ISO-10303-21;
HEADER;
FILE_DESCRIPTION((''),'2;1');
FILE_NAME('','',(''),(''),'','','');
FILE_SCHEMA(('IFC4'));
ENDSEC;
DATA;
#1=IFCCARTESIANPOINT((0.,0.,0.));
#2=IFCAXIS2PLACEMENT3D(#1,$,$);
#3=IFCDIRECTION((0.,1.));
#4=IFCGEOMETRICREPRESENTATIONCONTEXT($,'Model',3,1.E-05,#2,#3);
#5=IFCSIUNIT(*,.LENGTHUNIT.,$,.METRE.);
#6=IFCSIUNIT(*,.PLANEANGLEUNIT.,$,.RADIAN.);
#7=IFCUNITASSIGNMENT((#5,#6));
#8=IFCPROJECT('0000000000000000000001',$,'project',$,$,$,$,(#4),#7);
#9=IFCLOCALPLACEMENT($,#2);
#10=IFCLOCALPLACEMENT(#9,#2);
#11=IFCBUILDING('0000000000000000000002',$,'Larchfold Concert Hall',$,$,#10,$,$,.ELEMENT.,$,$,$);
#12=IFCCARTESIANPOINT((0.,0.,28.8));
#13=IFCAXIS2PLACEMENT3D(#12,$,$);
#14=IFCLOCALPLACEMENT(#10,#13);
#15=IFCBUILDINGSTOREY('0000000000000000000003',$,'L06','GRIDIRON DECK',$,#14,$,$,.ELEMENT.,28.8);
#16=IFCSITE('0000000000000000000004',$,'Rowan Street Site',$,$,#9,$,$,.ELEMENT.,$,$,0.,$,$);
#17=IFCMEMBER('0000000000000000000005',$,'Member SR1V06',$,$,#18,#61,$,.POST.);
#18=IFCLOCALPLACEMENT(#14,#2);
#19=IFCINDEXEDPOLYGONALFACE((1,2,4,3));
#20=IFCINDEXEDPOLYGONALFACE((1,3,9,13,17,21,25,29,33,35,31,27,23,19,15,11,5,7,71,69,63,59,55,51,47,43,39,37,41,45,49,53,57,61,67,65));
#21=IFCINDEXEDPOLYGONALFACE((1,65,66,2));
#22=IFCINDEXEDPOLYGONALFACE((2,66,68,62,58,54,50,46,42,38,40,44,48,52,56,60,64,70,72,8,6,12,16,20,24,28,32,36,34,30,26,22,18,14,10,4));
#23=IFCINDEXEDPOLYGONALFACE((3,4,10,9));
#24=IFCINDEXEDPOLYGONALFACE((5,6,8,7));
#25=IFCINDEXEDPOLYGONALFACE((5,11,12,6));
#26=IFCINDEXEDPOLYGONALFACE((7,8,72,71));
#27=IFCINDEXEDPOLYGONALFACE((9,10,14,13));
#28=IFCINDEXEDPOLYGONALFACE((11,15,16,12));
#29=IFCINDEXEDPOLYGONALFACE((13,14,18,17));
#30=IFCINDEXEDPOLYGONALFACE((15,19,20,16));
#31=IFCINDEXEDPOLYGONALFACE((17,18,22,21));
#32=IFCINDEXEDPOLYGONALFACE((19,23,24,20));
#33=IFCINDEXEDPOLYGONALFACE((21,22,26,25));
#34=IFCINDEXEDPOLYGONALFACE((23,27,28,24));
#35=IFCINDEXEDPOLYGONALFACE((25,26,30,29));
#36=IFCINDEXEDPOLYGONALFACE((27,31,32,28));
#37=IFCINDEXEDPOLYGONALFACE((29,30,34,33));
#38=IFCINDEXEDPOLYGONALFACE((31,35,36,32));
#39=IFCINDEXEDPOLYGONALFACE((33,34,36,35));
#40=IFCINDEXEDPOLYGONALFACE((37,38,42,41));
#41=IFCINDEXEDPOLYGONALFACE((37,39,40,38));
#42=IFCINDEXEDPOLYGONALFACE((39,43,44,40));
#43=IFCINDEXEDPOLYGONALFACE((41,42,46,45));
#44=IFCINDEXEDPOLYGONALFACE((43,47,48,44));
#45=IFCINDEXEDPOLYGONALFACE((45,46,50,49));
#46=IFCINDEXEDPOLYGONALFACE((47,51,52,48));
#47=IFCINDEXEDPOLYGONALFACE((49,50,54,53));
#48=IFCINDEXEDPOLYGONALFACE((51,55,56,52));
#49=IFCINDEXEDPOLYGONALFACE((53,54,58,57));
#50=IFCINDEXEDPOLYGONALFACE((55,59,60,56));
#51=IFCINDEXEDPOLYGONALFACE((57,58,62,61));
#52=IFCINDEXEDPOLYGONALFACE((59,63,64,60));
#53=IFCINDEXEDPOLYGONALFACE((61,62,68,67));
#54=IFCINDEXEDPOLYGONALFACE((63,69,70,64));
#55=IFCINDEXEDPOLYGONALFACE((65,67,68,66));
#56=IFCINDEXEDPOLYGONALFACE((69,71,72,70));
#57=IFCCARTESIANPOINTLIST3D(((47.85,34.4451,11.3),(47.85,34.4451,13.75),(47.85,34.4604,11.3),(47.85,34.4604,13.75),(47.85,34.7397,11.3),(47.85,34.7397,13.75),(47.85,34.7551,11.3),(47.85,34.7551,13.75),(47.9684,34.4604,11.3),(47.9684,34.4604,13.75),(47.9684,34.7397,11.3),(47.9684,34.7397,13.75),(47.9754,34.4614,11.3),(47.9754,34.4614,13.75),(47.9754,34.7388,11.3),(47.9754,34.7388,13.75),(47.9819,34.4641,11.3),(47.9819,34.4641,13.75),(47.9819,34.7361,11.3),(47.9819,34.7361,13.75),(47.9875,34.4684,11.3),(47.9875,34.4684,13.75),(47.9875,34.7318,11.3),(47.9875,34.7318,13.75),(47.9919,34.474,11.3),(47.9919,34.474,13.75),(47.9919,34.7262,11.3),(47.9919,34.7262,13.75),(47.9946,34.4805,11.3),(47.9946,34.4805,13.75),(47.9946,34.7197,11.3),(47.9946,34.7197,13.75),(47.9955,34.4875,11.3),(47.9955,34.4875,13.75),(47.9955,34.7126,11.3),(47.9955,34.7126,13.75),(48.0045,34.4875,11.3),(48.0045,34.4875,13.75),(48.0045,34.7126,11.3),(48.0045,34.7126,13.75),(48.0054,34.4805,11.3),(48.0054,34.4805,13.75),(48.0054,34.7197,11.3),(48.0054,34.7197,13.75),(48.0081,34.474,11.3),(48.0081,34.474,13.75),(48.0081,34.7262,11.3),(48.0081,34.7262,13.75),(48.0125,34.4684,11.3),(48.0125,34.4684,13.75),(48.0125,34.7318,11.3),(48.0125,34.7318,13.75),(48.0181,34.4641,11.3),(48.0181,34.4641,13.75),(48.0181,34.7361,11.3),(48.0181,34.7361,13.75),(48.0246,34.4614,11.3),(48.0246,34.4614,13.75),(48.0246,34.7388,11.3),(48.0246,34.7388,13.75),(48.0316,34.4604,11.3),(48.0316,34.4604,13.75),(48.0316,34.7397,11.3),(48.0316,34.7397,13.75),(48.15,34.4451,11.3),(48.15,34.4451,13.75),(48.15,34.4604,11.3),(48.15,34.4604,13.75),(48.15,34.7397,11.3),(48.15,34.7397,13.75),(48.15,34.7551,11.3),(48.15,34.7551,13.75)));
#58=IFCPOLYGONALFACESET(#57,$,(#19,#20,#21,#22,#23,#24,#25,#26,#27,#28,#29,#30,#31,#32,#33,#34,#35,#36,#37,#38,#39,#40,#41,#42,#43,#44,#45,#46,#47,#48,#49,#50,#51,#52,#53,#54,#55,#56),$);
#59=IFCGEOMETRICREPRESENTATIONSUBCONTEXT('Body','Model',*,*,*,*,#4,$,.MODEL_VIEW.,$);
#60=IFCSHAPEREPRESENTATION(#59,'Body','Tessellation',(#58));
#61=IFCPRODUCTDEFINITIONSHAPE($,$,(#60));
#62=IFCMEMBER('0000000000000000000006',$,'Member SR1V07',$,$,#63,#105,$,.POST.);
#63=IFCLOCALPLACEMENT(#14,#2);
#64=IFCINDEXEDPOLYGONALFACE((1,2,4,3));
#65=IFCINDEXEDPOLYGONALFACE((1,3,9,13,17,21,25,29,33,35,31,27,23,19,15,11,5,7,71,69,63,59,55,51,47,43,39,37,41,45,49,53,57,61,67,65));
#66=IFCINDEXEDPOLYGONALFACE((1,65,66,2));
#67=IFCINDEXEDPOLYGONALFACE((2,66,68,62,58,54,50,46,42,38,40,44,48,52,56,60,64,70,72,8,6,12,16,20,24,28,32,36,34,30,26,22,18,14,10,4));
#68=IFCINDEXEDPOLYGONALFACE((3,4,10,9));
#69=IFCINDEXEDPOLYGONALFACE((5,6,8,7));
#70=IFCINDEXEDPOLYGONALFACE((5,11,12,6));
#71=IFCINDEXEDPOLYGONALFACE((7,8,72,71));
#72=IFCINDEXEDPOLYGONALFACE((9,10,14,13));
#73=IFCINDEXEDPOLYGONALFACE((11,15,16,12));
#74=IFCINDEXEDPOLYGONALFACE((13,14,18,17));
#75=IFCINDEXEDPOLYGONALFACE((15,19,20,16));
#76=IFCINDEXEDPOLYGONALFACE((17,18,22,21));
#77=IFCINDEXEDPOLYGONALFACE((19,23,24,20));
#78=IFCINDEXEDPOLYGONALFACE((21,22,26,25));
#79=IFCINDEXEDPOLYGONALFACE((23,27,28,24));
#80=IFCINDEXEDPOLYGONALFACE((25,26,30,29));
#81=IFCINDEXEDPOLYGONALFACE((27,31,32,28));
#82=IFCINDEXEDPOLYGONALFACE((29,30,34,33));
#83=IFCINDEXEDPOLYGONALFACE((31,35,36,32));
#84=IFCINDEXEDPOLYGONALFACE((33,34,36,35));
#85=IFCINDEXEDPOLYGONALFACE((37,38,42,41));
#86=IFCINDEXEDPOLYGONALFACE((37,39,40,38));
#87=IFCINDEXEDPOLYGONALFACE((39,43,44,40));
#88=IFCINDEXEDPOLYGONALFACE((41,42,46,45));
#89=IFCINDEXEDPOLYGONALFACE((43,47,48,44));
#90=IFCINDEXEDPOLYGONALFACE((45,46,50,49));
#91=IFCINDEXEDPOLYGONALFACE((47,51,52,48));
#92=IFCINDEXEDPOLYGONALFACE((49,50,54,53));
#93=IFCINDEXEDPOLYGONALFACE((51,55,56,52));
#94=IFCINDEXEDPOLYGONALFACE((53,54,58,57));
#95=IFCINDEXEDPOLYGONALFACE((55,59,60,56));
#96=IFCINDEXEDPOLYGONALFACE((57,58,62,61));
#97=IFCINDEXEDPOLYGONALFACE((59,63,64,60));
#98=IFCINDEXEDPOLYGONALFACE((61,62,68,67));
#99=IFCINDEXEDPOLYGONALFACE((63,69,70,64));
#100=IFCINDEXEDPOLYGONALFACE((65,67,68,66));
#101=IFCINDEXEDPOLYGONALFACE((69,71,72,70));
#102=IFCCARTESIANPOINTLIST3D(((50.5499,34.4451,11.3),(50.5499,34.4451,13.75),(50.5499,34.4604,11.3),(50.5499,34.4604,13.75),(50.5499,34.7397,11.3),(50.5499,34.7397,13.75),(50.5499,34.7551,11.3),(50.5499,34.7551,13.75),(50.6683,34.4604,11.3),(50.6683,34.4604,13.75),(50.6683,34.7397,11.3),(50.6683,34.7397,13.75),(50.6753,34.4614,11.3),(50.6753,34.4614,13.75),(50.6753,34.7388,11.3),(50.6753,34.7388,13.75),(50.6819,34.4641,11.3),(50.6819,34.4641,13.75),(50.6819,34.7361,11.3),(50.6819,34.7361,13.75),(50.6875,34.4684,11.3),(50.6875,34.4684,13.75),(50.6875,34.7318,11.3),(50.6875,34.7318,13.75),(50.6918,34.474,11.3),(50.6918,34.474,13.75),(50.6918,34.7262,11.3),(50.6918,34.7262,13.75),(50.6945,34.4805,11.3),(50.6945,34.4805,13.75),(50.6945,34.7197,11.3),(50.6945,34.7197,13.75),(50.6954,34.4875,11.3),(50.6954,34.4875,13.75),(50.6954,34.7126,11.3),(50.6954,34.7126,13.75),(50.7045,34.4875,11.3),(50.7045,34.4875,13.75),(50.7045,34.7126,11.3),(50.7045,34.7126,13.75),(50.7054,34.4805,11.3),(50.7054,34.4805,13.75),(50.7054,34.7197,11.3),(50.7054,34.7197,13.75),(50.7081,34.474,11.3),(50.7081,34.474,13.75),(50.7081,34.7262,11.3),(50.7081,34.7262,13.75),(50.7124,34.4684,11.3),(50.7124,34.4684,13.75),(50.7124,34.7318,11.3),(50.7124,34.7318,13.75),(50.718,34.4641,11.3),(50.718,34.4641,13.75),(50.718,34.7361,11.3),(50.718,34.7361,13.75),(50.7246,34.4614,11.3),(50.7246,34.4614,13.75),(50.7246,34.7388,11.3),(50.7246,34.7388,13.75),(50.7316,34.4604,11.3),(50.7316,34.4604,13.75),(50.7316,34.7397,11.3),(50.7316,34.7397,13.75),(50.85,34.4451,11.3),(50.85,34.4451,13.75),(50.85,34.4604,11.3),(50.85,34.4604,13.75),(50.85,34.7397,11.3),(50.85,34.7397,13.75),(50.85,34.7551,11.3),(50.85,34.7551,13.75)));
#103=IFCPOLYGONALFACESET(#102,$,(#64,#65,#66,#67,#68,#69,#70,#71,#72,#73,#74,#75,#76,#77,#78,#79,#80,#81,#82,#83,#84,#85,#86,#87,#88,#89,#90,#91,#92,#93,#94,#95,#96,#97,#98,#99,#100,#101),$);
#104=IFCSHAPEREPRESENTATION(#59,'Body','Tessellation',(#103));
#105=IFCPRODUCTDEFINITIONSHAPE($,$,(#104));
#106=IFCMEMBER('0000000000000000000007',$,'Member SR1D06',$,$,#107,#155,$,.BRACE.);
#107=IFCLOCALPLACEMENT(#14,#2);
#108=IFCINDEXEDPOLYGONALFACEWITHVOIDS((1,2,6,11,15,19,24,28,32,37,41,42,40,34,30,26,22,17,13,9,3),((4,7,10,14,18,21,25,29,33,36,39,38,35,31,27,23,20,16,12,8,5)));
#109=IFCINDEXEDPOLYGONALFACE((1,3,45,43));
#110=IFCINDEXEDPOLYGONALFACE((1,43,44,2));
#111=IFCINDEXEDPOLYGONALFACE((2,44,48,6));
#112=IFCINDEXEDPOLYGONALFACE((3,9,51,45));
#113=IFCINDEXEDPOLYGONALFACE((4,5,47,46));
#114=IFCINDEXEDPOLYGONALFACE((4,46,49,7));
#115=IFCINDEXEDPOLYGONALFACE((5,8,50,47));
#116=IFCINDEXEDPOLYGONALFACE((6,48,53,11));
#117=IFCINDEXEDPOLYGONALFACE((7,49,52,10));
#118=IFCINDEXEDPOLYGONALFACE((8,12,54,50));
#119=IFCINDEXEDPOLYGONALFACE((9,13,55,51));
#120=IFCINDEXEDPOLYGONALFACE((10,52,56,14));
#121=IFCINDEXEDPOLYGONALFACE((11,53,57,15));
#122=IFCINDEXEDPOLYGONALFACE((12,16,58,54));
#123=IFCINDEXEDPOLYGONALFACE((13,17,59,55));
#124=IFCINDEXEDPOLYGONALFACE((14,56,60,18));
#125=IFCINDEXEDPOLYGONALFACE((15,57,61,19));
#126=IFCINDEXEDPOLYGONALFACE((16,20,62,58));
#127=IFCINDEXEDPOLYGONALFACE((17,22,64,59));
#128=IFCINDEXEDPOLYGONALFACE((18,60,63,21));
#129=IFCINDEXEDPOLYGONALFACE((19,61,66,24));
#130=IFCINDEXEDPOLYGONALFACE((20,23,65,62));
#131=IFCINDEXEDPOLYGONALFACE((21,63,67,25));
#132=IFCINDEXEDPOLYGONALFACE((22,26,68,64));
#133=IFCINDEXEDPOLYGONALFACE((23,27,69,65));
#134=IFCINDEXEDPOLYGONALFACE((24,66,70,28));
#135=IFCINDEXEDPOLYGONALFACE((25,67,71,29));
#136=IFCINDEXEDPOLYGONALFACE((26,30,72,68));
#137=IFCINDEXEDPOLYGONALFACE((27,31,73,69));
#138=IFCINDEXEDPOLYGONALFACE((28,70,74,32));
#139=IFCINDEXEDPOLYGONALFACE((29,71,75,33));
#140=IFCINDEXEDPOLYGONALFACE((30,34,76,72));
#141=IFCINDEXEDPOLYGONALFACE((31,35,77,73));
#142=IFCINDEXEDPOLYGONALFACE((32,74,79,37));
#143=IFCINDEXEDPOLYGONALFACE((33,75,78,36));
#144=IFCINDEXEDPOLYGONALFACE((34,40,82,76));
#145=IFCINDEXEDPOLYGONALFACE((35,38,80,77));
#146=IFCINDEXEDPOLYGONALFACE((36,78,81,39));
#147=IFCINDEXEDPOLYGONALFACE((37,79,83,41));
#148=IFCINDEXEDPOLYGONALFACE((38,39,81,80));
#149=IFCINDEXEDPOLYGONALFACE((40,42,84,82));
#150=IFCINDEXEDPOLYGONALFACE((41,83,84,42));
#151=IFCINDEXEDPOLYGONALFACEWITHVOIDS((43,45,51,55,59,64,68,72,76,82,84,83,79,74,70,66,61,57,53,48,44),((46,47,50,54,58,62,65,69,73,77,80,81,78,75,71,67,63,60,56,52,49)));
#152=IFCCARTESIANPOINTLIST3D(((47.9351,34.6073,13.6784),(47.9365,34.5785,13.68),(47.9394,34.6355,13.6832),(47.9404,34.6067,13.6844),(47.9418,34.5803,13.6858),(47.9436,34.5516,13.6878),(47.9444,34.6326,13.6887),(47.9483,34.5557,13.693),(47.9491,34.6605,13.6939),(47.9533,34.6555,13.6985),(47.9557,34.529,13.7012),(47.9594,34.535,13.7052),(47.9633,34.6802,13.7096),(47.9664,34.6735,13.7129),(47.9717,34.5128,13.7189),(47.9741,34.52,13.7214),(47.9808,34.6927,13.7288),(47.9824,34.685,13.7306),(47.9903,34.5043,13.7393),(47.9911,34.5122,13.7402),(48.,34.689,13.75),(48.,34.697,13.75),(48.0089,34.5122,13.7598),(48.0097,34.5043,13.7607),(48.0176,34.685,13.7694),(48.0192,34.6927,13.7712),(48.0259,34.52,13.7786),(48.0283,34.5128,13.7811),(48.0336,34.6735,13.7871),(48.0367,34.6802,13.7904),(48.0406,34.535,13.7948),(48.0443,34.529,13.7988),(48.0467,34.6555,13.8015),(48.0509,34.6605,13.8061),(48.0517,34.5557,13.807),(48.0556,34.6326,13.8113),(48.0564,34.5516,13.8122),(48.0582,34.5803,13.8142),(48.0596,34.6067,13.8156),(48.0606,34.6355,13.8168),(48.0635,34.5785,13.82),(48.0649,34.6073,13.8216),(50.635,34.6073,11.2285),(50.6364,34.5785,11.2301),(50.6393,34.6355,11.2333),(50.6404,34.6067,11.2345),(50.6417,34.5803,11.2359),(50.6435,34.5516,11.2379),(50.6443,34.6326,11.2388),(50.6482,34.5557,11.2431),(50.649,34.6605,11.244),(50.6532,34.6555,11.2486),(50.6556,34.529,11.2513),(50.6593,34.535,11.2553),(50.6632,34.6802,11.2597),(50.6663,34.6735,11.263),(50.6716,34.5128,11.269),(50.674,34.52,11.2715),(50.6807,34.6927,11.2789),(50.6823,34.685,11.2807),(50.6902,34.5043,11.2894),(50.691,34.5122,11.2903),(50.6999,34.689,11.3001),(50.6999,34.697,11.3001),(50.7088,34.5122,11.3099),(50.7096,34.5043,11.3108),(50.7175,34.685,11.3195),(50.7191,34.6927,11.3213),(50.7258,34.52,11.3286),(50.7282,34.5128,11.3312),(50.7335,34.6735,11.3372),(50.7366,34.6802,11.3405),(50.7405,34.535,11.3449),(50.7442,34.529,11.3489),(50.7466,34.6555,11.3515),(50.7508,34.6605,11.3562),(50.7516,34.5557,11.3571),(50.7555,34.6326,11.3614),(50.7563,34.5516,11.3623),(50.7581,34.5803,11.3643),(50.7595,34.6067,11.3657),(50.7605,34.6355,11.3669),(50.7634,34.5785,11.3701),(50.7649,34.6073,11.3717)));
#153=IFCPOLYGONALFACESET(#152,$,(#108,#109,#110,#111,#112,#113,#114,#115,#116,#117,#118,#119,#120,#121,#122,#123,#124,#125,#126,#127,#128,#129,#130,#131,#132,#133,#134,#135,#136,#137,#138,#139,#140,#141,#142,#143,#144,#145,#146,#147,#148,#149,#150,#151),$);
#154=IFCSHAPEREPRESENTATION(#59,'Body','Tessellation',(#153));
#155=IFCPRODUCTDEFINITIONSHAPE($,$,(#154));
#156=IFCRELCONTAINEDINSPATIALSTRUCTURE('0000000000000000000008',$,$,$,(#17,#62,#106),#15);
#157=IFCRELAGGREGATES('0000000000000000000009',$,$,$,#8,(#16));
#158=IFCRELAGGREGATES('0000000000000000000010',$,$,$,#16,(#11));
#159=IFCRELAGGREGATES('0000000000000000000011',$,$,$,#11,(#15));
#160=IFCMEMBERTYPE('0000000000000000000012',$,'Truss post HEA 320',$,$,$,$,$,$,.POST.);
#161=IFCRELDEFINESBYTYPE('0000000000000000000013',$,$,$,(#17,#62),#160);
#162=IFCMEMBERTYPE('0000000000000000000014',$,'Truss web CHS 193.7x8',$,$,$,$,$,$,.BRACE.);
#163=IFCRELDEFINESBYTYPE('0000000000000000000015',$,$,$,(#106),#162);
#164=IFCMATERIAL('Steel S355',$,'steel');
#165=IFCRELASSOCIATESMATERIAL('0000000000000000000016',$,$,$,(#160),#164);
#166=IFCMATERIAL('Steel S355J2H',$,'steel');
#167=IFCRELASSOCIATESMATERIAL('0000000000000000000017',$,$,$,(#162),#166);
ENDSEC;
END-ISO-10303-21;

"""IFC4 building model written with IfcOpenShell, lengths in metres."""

from ifc_helpers import new_model, si_unit, direction, frame, origin, origin_2d, place, context, subcontext, project, spatial, hollow_circle, i_section, extrude, material, material_profile, profile_set, type_object, element, save


model = new_model("IFC4")

# Units and contexts
model_context = context("Model", 3, precision=1e-05, world=origin(), true_north=direction((0.0, 1.0)))
body_context = subcontext(model_context, "Body", "Model", "MODEL_VIEW")
ifc_project = project(units=[si_unit("LENGTHUNIT", "METRE"), si_unit("PLANEANGLEUNIT", "RADIAN")], contexts=[model_context])

# Site, building, storey
site_placement = place(None, origin())
site = spatial("IfcSite", under=ifc_project, at=site_placement, Name="Rowan Street Site", CompositionType="ELEMENT", RefElevation=0.0)
building_placement = place(site_placement, origin())
building = spatial("IfcBuilding", under=site, at=building_placement, Name="Larchfold Concert Hall", CompositionType="ELEMENT")
storey_placement = place(building_placement, frame((0.0, 0.0, 28.8)))
storey = spatial("IfcBuildingStorey", under=building, at=storey_placement, Name="L06", Description="GRIDIRON DECK", CompositionType="ELEMENT", Elevation=28.8)

# Members
ifc_material_1 = material(Name="Steel S355", Category="steel")
ifc_material_profile_1 = material_profile(ifc_material_1, i_section(OverallWidth=0.3, OverallDepth=0.3101, WebThickness=0.009, FlangeThickness=0.0154, FilletRadius=0.0271, at=origin_2d()))
ifc_profile_set_1 = profile_set([ifc_material_profile_1], Name="Steel S355")
member_type_1 = type_object("IfcMemberType", Name="Truss post HEA 320", PredefinedType="POST", material=ifc_profile_set_1)
for number, where, z_axis, x_axis, name in (
    (1, (48.0, 34.6001, 11.3), (0.0, 0.0, 1.0), (1.0, 0.0, 0.0), "Member SR1V06"),
    (2, (50.7, 34.6001, 11.3), (0.0, 0.0, 1.0), (1.0, 0.0, 0.0), "Member SR1V07"),
):
    element("IfcMember", number, at=place(storey_placement, frame(where, z_axis=z_axis, x_axis=x_axis)), inside=storey, type_object=member_type_1, Name=name, PredefinedType="POST", context=body_context, shape_type="SweptSolid", body=[
        extrude(i_section(OverallWidth=0.3, OverallDepth=0.3101, WebThickness=0.009, FlangeThickness=0.0154, FilletRadius=0.0271, at=origin_2d()), origin(), (0.0, 0.0, 1.0), 2.45),
    ])
ifc_material_2 = material(Name="Steel S355J2H", Category="steel")
ifc_material_profile_2 = material_profile(ifc_material_2, hollow_circle(Radius=0.0969, WallThickness=0.0081, at=origin_2d()))
ifc_profile_set_2 = profile_set([ifc_material_profile_2], Name="Steel S355J2H")
member_type_2 = type_object("IfcMemberType", Name="Truss web CHS 193.7x8", PredefinedType="BRACE", material=ifc_profile_set_2)
member_1_placement = place(storey_placement, frame((48.0, 34.6001, 13.75), z_axis=(0.740561, 0.0, -0.671989), x_axis=(0.0, 1.0, 0.0)))
element("IfcMember", 3, at=member_1_placement, inside=storey, type_object=member_type_2, Name="Member SR1D06", PredefinedType="BRACE", context=body_context, shape_type="SweptSolid", body=[
    extrude(hollow_circle(Radius=0.0969, WallThickness=0.0081, at=origin_2d()), origin(), (0.0, 0.0, 1.0), 3.6458),
])

save(model, "model.ifc")
